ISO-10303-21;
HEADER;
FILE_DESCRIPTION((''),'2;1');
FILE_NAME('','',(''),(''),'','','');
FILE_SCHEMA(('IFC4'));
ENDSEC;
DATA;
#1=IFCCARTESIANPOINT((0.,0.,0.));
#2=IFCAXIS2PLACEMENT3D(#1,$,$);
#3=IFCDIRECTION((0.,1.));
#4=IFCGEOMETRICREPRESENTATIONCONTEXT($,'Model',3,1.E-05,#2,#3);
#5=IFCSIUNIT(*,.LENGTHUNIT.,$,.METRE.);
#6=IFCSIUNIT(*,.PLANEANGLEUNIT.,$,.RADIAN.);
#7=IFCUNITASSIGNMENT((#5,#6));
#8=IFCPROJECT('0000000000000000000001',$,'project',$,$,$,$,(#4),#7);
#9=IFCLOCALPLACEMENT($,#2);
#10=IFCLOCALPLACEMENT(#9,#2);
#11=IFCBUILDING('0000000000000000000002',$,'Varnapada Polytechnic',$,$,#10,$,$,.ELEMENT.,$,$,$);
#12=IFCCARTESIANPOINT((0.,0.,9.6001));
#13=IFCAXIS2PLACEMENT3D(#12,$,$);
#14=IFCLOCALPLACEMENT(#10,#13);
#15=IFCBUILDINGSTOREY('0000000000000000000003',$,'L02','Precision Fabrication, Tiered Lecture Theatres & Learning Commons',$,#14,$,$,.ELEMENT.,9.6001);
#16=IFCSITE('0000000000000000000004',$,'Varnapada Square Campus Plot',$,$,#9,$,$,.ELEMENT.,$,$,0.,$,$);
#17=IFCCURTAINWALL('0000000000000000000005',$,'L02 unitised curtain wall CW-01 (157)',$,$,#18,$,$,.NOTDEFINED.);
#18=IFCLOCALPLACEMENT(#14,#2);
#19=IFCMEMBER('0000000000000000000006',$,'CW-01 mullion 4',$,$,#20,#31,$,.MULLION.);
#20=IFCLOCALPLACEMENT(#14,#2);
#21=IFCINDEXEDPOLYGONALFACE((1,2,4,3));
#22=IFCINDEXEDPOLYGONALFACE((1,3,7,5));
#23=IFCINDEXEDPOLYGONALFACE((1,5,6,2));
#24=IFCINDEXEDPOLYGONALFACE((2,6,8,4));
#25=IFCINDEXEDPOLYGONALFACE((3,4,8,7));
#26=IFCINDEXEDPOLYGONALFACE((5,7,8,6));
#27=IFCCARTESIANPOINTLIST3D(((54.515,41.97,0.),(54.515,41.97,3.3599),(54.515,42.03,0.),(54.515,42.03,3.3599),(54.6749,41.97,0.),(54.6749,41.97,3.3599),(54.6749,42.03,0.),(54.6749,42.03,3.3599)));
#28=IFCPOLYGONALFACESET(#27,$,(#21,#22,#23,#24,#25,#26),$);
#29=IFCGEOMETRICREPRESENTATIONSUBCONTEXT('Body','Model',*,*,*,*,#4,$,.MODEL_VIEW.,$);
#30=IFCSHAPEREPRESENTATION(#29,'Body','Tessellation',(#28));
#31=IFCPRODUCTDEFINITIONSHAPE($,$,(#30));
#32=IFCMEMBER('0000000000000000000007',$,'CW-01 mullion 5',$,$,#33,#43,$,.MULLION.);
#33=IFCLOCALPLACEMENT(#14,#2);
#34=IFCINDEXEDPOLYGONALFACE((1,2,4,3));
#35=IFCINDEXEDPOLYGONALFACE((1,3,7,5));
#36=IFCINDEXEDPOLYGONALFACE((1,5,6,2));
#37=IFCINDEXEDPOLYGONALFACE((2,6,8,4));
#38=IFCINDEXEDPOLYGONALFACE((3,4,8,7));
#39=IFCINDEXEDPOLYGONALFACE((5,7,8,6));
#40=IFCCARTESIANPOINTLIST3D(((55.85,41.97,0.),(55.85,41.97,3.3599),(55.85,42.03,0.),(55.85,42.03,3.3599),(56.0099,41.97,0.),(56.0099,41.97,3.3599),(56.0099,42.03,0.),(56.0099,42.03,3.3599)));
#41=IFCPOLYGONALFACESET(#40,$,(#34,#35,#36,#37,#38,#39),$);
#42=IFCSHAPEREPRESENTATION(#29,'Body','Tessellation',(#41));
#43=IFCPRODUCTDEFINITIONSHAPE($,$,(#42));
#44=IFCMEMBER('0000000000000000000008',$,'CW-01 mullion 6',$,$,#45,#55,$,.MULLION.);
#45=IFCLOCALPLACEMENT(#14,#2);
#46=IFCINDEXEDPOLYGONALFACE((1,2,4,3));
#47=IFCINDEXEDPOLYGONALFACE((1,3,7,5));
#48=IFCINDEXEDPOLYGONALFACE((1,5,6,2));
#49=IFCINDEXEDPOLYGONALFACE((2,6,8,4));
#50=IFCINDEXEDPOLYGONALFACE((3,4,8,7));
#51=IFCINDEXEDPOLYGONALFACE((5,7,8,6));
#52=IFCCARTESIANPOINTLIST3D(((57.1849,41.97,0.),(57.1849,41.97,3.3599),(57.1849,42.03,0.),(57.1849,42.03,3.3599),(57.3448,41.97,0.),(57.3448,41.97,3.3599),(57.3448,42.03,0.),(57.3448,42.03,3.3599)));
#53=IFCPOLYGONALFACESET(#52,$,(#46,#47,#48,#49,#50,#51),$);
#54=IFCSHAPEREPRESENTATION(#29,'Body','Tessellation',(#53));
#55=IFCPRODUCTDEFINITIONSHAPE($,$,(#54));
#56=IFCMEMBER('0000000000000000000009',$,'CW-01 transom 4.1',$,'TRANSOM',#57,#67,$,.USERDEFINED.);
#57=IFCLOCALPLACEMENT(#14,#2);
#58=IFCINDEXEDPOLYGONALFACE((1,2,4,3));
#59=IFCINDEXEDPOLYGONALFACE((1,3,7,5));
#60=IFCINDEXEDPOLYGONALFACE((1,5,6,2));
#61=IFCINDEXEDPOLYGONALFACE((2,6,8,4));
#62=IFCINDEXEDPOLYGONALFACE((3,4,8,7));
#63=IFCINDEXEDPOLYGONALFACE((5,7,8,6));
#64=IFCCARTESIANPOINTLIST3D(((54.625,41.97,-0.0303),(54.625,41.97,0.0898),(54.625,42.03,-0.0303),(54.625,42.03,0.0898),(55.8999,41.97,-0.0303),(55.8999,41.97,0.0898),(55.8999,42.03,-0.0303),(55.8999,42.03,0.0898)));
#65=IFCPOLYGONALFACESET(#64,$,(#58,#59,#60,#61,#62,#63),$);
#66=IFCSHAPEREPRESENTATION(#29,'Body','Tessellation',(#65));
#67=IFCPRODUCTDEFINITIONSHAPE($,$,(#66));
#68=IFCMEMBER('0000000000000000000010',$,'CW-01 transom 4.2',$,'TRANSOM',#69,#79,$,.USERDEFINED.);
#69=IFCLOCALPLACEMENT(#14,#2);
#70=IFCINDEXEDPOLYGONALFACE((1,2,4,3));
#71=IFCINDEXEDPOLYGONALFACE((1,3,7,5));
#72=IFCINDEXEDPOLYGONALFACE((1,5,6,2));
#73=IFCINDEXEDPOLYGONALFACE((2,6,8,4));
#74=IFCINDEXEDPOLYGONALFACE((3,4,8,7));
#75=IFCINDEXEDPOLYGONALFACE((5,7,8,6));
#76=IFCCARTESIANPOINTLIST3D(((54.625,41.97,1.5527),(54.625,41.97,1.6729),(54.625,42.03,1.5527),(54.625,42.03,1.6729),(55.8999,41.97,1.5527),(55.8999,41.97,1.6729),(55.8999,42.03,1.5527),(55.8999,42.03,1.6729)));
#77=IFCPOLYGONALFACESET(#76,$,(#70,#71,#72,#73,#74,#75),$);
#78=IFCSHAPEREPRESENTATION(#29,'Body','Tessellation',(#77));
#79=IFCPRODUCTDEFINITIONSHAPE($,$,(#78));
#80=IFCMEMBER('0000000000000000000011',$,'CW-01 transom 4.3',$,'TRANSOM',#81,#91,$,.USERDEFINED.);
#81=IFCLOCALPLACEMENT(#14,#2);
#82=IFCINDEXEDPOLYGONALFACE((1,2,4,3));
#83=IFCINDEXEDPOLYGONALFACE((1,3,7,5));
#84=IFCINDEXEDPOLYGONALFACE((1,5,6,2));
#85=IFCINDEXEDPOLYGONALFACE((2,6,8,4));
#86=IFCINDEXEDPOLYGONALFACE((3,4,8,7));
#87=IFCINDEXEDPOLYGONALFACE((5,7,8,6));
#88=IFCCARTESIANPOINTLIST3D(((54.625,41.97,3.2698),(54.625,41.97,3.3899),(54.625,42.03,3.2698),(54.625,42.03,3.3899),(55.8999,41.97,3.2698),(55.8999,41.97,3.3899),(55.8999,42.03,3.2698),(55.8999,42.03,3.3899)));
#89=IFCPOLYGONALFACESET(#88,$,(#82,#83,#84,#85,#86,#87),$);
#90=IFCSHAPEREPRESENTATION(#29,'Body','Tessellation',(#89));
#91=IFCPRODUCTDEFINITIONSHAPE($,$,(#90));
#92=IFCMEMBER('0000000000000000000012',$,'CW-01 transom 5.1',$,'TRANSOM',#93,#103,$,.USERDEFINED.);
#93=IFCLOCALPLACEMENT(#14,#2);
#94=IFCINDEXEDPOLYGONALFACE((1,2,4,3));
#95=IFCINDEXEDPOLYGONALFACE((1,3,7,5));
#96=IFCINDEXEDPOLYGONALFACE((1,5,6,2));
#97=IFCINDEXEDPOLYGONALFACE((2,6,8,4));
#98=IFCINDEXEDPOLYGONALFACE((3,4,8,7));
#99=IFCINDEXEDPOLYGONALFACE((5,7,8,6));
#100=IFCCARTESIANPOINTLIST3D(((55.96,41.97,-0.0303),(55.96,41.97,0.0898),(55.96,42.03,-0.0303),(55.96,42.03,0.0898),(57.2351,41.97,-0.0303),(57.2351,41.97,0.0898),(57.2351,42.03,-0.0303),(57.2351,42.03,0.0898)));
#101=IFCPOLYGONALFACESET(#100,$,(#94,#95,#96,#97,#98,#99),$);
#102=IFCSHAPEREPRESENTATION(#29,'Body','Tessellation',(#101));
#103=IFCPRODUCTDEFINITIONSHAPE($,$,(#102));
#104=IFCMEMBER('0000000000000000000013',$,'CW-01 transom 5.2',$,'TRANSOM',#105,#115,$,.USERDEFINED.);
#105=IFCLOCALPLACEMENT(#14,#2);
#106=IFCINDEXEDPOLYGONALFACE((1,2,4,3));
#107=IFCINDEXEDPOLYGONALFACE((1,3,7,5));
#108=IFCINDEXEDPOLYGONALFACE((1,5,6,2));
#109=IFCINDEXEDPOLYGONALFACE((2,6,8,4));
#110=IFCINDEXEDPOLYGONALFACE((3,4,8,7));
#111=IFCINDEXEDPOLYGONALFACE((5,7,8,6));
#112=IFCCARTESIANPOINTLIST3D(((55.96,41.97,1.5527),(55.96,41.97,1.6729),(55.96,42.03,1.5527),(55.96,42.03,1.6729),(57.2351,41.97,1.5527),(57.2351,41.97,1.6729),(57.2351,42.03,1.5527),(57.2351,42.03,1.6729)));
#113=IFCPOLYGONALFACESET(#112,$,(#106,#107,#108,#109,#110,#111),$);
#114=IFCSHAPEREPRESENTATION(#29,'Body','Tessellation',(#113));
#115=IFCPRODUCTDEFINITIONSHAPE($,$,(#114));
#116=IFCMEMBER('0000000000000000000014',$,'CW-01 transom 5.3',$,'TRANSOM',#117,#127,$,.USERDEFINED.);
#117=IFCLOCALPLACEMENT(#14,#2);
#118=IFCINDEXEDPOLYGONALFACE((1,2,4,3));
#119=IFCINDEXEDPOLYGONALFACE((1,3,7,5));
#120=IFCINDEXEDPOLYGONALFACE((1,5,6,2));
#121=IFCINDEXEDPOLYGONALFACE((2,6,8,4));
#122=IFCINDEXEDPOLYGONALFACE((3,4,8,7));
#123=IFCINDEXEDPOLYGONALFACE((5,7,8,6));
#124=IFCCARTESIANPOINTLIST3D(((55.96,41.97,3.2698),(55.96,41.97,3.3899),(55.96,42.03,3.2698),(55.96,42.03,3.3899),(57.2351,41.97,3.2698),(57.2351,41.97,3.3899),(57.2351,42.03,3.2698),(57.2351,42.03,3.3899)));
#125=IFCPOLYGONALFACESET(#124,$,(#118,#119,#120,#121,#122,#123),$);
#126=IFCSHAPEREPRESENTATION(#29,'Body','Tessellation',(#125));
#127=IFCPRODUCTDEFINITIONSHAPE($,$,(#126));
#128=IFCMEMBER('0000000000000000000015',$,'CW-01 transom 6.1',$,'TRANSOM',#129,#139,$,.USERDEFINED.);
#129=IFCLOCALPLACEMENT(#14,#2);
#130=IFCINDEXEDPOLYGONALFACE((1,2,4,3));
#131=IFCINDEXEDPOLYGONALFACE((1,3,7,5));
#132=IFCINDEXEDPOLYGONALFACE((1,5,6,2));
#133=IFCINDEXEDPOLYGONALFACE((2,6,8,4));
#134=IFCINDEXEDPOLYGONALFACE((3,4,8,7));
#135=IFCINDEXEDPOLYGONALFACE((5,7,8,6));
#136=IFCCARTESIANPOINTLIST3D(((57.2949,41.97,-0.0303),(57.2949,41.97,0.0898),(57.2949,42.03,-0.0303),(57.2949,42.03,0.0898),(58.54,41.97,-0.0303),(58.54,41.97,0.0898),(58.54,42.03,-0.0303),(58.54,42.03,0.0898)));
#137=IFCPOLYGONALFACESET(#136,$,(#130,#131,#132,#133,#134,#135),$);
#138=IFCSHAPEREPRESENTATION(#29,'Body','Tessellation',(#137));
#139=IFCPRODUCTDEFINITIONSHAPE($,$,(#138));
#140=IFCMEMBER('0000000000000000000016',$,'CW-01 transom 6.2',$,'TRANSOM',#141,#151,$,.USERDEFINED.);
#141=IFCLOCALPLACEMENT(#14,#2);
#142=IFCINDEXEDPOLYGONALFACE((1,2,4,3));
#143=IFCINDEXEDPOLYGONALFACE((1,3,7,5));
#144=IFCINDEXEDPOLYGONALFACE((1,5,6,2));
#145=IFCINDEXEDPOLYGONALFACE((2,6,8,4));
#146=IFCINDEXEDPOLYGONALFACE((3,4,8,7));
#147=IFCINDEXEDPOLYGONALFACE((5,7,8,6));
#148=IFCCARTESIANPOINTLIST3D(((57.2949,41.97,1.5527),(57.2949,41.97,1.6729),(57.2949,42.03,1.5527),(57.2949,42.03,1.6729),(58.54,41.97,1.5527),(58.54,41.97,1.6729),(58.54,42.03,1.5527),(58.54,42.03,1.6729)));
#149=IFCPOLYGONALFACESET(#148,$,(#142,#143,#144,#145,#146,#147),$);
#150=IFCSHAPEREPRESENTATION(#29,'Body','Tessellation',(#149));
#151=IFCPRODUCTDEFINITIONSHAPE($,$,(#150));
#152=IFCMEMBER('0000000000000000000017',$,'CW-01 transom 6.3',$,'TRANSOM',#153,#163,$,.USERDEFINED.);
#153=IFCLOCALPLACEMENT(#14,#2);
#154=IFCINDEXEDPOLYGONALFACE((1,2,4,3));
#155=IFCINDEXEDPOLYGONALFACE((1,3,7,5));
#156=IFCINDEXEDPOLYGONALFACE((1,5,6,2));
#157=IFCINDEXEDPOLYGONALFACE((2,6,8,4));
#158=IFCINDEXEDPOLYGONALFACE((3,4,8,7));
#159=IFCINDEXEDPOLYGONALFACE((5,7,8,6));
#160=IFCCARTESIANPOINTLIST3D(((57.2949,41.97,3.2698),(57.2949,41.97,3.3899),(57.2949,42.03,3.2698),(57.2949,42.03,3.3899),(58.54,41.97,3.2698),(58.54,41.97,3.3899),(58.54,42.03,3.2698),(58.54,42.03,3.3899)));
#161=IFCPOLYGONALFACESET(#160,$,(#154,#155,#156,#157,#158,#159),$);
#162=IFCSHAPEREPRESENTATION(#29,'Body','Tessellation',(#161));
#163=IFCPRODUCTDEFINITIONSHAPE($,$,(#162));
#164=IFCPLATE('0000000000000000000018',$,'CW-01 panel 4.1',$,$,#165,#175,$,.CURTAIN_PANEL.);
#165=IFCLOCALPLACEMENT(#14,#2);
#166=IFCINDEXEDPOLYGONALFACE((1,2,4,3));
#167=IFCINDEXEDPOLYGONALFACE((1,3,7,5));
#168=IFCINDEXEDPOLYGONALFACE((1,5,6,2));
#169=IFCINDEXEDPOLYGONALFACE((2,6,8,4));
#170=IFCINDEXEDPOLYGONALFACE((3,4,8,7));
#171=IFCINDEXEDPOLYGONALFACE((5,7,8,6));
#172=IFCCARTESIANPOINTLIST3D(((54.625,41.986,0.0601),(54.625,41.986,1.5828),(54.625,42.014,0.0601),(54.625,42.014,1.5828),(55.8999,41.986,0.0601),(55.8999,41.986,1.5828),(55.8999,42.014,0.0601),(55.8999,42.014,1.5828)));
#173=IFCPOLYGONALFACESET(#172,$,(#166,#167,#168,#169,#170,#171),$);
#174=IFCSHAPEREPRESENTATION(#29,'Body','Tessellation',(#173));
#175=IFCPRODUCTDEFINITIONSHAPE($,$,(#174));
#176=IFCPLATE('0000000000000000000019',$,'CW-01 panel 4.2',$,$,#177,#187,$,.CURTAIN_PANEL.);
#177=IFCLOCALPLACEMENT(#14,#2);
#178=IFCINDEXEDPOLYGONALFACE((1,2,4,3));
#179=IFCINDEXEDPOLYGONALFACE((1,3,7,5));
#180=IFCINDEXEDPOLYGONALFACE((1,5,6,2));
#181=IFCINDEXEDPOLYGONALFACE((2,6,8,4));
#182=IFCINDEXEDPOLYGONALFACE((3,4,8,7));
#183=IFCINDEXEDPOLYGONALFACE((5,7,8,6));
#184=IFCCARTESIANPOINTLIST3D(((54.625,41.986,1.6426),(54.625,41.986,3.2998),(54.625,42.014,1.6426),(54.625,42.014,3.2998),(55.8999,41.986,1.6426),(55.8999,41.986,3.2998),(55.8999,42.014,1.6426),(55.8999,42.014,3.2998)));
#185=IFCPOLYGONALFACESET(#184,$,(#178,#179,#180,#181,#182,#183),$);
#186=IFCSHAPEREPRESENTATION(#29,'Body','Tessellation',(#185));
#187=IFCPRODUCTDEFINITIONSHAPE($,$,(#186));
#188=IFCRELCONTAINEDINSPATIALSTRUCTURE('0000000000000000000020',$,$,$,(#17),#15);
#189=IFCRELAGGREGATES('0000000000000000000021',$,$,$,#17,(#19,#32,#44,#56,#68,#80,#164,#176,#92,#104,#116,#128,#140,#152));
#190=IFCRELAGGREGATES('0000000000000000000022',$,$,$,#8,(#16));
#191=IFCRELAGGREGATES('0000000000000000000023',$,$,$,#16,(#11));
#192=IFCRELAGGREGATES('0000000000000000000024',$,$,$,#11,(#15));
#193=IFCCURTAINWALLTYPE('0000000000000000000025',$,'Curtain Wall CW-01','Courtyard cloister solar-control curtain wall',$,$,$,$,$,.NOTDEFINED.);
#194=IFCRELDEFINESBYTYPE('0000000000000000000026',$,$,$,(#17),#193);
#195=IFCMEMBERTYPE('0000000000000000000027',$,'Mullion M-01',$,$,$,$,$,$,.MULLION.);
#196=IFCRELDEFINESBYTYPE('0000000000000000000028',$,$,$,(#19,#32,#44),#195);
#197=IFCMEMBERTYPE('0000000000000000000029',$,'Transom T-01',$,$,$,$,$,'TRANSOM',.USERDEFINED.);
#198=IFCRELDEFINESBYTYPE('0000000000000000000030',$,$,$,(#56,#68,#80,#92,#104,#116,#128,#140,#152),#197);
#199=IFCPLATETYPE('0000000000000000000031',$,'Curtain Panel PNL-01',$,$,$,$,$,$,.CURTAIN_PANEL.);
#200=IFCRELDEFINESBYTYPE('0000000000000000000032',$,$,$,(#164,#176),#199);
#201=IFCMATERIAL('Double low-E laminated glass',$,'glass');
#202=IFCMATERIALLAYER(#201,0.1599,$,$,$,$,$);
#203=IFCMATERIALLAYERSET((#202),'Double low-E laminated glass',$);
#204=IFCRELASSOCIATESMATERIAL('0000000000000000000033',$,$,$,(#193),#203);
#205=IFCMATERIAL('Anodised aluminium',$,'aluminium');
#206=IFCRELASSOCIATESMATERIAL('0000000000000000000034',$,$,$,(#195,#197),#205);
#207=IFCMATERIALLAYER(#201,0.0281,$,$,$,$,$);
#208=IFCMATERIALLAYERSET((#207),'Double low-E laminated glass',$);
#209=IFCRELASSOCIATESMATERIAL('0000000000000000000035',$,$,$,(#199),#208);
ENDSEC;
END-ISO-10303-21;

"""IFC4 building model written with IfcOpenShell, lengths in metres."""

from ifc_helpers import new_model, si_unit, direction, frame, origin, origin_2d, place, context, subcontext, project, spatial, rectangle, extrude, material, layer, layer_set, material_profile, profile_set, type_object, element, aggregate, save


model = new_model("IFC4")

# Units and contexts
model_context = context("Model", 3, precision=1e-05, world=origin(), true_north=direction((0.0, 1.0)))
body_context = subcontext(model_context, "Body", "Model", "MODEL_VIEW")
ifc_project = project(units=[si_unit("LENGTHUNIT", "METRE"), si_unit("PLANEANGLEUNIT", "RADIAN")], contexts=[model_context])

# Site, building, storey
site_placement = place(None, origin())
site = spatial("IfcSite", under=ifc_project, at=site_placement, Name="Varnapada Square Campus Plot", CompositionType="ELEMENT", RefElevation=0.0)
building_placement = place(site_placement, origin())
building = spatial("IfcBuilding", under=site, at=building_placement, Name="Varnapada Polytechnic", CompositionType="ELEMENT")
storey_placement = place(building_placement, frame((0.0, 0.0, 9.6001)))
storey = spatial("IfcBuildingStorey", under=building, at=storey_placement, Name="L02", Description="Precision Fabrication, Tiered Lecture Theatres & Learning Commons", CompositionType="ELEMENT", Elevation=9.6001)

# Curtain wall, members, plates
ifc_material_1 = material(Name="Double low-E laminated glass", Category="glass")
ifc_layer_1 = layer(ifc_material_1, 0.1599)
ifc_layer_set_1 = layer_set([ifc_layer_1], Name="Double low-E laminated glass")
curtain_wall_type = type_object("IfcCurtainWallType", Name="Curtain Wall CW-01", Description="Courtyard cloister solar-control curtain wall", PredefinedType="NOTDEFINED", material=ifc_layer_set_1)
curtain_wall_placement = place(storey_placement, origin())
curtain_wall = element("IfcCurtainWall", 1, at=curtain_wall_placement, inside=storey, type_object=curtain_wall_type, Name="L02 unitised curtain wall CW-01 (157)", PredefinedType="NOTDEFINED")
ifc_material_2 = material(Name="Anodised aluminium", Category="aluminium")
ifc_material_profile_1 = material_profile(ifc_material_2, rectangle(XDim=0.0601, YDim=0.1599, at=origin_2d()), Name="ALU M60x160")
ifc_profile_set_1 = profile_set([ifc_material_profile_1], Name="Anodised aluminium")
member_type_1 = type_object("IfcMemberType", Name="Mullion M-01", PredefinedType="MULLION", material=ifc_profile_set_1)
member_1_placement = place(storey_placement, frame((54.595, 42.0, 0.0), z_axis=(0.0, 0.0, 1.0), x_axis=(0.0, 1.0, 0.0)))
member_1 = element("IfcMember", 2, at=member_1_placement, type_object=member_type_1, Name="CW-01 mullion 4", PredefinedType="MULLION", context=body_context, shape_type="SweptSolid", body=[
    extrude(rectangle(XDim=0.0601, YDim=0.1599, at=origin_2d()), origin(), (0.0, 0.0, 1.0), 3.3599),
])
member_2_placement = place(storey_placement, frame((55.9299, 42.0, 0.0), z_axis=(0.0, 0.0, 1.0), x_axis=(0.0, 1.0, 0.0)))
member_2 = element("IfcMember", 3, at=member_2_placement, type_object=member_type_1, Name="CW-01 mullion 5", PredefinedType="MULLION", context=body_context, shape_type="SweptSolid", body=[
    extrude(rectangle(XDim=0.0601, YDim=0.1599, at=origin_2d()), origin(), (0.0, 0.0, 1.0), 3.3599),
])
member_3_placement = place(storey_placement, frame((57.2649, 42.0, 0.0), z_axis=(0.0, 0.0, 1.0), x_axis=(0.0, 1.0, 0.0)))
member_3 = element("IfcMember", 4, at=member_3_placement, type_object=member_type_1, Name="CW-01 mullion 6", PredefinedType="MULLION", context=body_context, shape_type="SweptSolid", body=[
    extrude(rectangle(XDim=0.0601, YDim=0.1599, at=origin_2d()), origin(), (0.0, 0.0, 1.0), 3.3599),
])
ifc_material_profile_2 = material_profile(ifc_material_2, rectangle(XDim=0.0601, YDim=0.1201, at=origin_2d()), Name="ALU T60x120")
ifc_profile_set_2 = profile_set([ifc_material_profile_2], Name="Anodised aluminium")
member_type_2 = type_object("IfcMemberType", Name="Transom T-01", ElementType="TRANSOM", PredefinedType="USERDEFINED", material=ifc_profile_set_2)
member_4_placement = place(storey_placement, frame((54.625, 42.0, 0.0298), z_axis=(1.0, 0.0, 0.0), x_axis=(0.0, 1.0, 0.0)))
member_4 = element("IfcMember", 5, at=member_4_placement, type_object=member_type_2, Name="CW-01 transom 4.1", ObjectType="TRANSOM", PredefinedType="USERDEFINED", context=body_context, shape_type="SweptSolid", body=[
    extrude(rectangle(XDim=0.0601, YDim=0.1201, at=origin_2d()), origin(), (0.0, 0.0, 1.0), 1.2749),
])
member_5_placement = place(storey_placement, frame((54.625, 42.0, 1.6128), z_axis=(1.0, 0.0, 0.0), x_axis=(0.0, 1.0, 0.0)))
member_5 = element("IfcMember", 6, at=member_5_placement, type_object=member_type_2, Name="CW-01 transom 4.2", ObjectType="TRANSOM", PredefinedType="USERDEFINED", context=body_context, shape_type="SweptSolid", body=[
    extrude(rectangle(XDim=0.0601, YDim=0.1201, at=origin_2d()), origin(), (0.0, 0.0, 1.0), 1.2749),
])
member_6_placement = place(storey_placement, frame((54.625, 42.0, 3.3298), z_axis=(1.0, 0.0, 0.0), x_axis=(0.0, 1.0, 0.0)))
member_6 = element("IfcMember", 7, at=member_6_placement, type_object=member_type_2, Name="CW-01 transom 4.3", ObjectType="TRANSOM", PredefinedType="USERDEFINED", context=body_context, shape_type="SweptSolid", body=[
    extrude(rectangle(XDim=0.0601, YDim=0.1201, at=origin_2d()), origin(), (0.0, 0.0, 1.0), 1.2749),
])
member_7_placement = place(storey_placement, frame((55.96, 42.0, 0.0298), z_axis=(1.0, 0.0, 0.0), x_axis=(0.0, 1.0, 0.0)))
member_7 = element("IfcMember", 8, at=member_7_placement, type_object=member_type_2, Name="CW-01 transom 5.1", ObjectType="TRANSOM", PredefinedType="USERDEFINED", context=body_context, shape_type="SweptSolid", body=[
    extrude(rectangle(XDim=0.0601, YDim=0.1201, at=origin_2d()), origin(), (0.0, 0.0, 1.0), 1.2751),
])
member_8_placement = place(storey_placement, frame((55.96, 42.0, 1.6128), z_axis=(1.0, 0.0, 0.0), x_axis=(0.0, 1.0, 0.0)))
member_8 = element("IfcMember", 9, at=member_8_placement, type_object=member_type_2, Name="CW-01 transom 5.2", ObjectType="TRANSOM", PredefinedType="USERDEFINED", context=body_context, shape_type="SweptSolid", body=[
    extrude(rectangle(XDim=0.0601, YDim=0.1201, at=origin_2d()), origin(), (0.0, 0.0, 1.0), 1.2751),
])
member_9_placement = place(storey_placement, frame((55.96, 42.0, 3.3298), z_axis=(1.0, 0.0, 0.0), x_axis=(0.0, 1.0, 0.0)))
member_9 = element("IfcMember", 10, at=member_9_placement, type_object=member_type_2, Name="CW-01 transom 5.3", ObjectType="TRANSOM", PredefinedType="USERDEFINED", context=body_context, shape_type="SweptSolid", body=[
    extrude(rectangle(XDim=0.0601, YDim=0.1201, at=origin_2d()), origin(), (0.0, 0.0, 1.0), 1.2751),
])
member_10_placement = place(storey_placement, frame((57.2949, 42.0, 0.0298), z_axis=(1.0, 0.0, 0.0), x_axis=(0.0, 1.0, 0.0)))
member_10 = element("IfcMember", 11, at=member_10_placement, type_object=member_type_2, Name="CW-01 transom 6.1", ObjectType="TRANSOM", PredefinedType="USERDEFINED", context=body_context, shape_type="SweptSolid", body=[
    extrude(rectangle(XDim=0.0601, YDim=0.1201, at=origin_2d()), origin(), (0.0, 0.0, 1.0), 1.2451),
])
member_11_placement = place(storey_placement, frame((57.2949, 42.0, 1.6128), z_axis=(1.0, 0.0, 0.0), x_axis=(0.0, 1.0, 0.0)))
member_11 = element("IfcMember", 12, at=member_11_placement, type_object=member_type_2, Name="CW-01 transom 6.2", ObjectType="TRANSOM", PredefinedType="USERDEFINED", context=body_context, shape_type="SweptSolid", body=[
    extrude(rectangle(XDim=0.0601, YDim=0.1201, at=origin_2d()), origin(), (0.0, 0.0, 1.0), 1.2451),
])
member_12_placement = place(storey_placement, frame((57.2949, 42.0, 3.3298), z_axis=(1.0, 0.0, 0.0), x_axis=(0.0, 1.0, 0.0)))
member_12 = element("IfcMember", 13, at=member_12_placement, type_object=member_type_2, Name="CW-01 transom 6.3", ObjectType="TRANSOM", PredefinedType="USERDEFINED", context=body_context, shape_type="SweptSolid", body=[
    extrude(rectangle(XDim=0.0601, YDim=0.1201, at=origin_2d()), origin(), (0.0, 0.0, 1.0), 1.2451),
])
ifc_layer_2 = layer(ifc_material_1, 0.0281)
ifc_layer_set_2 = layer_set([ifc_layer_2], Name="Double low-E laminated glass")
plate_type = type_object("IfcPlateType", Name="Curtain Panel PNL-01", PredefinedType="CURTAIN_PANEL", material=ifc_layer_set_2)
plate_1_placement = place(storey_placement, frame((55.2625, 42.0, 0.0601), z_axis=(0.0, 0.0, 1.0), x_axis=(1.0, 0.0, 0.0)))
plate_1 = element("IfcPlate", 14, at=plate_1_placement, type_object=plate_type, Name="CW-01 panel 4.1", PredefinedType="CURTAIN_PANEL", context=body_context, shape_type="SweptSolid", body=[
    extrude(rectangle(XDim=1.2749, YDim=0.0281, at=origin_2d()), origin(), (0.0, 0.0, 1.0), 1.5227),
])
plate_2_placement = place(storey_placement, frame((55.2625, 42.0, 1.6426), z_axis=(0.0, 0.0, 1.0), x_axis=(1.0, 0.0, 0.0)))
plate_2 = element("IfcPlate", 15, at=plate_2_placement, type_object=plate_type, Name="CW-01 panel 4.2", PredefinedType="CURTAIN_PANEL", context=body_context, shape_type="SweptSolid", body=[
    extrude(rectangle(XDim=1.2749, YDim=0.0281, at=origin_2d()), origin(), (0.0, 0.0, 1.0), 1.6572),
])
aggregate(curtain_wall, [member_1, member_2, member_3, member_4, member_5, member_6, plate_1, plate_2, member_7, member_8, member_9, member_10, member_11, member_12])

save(model, "model.ifc")
